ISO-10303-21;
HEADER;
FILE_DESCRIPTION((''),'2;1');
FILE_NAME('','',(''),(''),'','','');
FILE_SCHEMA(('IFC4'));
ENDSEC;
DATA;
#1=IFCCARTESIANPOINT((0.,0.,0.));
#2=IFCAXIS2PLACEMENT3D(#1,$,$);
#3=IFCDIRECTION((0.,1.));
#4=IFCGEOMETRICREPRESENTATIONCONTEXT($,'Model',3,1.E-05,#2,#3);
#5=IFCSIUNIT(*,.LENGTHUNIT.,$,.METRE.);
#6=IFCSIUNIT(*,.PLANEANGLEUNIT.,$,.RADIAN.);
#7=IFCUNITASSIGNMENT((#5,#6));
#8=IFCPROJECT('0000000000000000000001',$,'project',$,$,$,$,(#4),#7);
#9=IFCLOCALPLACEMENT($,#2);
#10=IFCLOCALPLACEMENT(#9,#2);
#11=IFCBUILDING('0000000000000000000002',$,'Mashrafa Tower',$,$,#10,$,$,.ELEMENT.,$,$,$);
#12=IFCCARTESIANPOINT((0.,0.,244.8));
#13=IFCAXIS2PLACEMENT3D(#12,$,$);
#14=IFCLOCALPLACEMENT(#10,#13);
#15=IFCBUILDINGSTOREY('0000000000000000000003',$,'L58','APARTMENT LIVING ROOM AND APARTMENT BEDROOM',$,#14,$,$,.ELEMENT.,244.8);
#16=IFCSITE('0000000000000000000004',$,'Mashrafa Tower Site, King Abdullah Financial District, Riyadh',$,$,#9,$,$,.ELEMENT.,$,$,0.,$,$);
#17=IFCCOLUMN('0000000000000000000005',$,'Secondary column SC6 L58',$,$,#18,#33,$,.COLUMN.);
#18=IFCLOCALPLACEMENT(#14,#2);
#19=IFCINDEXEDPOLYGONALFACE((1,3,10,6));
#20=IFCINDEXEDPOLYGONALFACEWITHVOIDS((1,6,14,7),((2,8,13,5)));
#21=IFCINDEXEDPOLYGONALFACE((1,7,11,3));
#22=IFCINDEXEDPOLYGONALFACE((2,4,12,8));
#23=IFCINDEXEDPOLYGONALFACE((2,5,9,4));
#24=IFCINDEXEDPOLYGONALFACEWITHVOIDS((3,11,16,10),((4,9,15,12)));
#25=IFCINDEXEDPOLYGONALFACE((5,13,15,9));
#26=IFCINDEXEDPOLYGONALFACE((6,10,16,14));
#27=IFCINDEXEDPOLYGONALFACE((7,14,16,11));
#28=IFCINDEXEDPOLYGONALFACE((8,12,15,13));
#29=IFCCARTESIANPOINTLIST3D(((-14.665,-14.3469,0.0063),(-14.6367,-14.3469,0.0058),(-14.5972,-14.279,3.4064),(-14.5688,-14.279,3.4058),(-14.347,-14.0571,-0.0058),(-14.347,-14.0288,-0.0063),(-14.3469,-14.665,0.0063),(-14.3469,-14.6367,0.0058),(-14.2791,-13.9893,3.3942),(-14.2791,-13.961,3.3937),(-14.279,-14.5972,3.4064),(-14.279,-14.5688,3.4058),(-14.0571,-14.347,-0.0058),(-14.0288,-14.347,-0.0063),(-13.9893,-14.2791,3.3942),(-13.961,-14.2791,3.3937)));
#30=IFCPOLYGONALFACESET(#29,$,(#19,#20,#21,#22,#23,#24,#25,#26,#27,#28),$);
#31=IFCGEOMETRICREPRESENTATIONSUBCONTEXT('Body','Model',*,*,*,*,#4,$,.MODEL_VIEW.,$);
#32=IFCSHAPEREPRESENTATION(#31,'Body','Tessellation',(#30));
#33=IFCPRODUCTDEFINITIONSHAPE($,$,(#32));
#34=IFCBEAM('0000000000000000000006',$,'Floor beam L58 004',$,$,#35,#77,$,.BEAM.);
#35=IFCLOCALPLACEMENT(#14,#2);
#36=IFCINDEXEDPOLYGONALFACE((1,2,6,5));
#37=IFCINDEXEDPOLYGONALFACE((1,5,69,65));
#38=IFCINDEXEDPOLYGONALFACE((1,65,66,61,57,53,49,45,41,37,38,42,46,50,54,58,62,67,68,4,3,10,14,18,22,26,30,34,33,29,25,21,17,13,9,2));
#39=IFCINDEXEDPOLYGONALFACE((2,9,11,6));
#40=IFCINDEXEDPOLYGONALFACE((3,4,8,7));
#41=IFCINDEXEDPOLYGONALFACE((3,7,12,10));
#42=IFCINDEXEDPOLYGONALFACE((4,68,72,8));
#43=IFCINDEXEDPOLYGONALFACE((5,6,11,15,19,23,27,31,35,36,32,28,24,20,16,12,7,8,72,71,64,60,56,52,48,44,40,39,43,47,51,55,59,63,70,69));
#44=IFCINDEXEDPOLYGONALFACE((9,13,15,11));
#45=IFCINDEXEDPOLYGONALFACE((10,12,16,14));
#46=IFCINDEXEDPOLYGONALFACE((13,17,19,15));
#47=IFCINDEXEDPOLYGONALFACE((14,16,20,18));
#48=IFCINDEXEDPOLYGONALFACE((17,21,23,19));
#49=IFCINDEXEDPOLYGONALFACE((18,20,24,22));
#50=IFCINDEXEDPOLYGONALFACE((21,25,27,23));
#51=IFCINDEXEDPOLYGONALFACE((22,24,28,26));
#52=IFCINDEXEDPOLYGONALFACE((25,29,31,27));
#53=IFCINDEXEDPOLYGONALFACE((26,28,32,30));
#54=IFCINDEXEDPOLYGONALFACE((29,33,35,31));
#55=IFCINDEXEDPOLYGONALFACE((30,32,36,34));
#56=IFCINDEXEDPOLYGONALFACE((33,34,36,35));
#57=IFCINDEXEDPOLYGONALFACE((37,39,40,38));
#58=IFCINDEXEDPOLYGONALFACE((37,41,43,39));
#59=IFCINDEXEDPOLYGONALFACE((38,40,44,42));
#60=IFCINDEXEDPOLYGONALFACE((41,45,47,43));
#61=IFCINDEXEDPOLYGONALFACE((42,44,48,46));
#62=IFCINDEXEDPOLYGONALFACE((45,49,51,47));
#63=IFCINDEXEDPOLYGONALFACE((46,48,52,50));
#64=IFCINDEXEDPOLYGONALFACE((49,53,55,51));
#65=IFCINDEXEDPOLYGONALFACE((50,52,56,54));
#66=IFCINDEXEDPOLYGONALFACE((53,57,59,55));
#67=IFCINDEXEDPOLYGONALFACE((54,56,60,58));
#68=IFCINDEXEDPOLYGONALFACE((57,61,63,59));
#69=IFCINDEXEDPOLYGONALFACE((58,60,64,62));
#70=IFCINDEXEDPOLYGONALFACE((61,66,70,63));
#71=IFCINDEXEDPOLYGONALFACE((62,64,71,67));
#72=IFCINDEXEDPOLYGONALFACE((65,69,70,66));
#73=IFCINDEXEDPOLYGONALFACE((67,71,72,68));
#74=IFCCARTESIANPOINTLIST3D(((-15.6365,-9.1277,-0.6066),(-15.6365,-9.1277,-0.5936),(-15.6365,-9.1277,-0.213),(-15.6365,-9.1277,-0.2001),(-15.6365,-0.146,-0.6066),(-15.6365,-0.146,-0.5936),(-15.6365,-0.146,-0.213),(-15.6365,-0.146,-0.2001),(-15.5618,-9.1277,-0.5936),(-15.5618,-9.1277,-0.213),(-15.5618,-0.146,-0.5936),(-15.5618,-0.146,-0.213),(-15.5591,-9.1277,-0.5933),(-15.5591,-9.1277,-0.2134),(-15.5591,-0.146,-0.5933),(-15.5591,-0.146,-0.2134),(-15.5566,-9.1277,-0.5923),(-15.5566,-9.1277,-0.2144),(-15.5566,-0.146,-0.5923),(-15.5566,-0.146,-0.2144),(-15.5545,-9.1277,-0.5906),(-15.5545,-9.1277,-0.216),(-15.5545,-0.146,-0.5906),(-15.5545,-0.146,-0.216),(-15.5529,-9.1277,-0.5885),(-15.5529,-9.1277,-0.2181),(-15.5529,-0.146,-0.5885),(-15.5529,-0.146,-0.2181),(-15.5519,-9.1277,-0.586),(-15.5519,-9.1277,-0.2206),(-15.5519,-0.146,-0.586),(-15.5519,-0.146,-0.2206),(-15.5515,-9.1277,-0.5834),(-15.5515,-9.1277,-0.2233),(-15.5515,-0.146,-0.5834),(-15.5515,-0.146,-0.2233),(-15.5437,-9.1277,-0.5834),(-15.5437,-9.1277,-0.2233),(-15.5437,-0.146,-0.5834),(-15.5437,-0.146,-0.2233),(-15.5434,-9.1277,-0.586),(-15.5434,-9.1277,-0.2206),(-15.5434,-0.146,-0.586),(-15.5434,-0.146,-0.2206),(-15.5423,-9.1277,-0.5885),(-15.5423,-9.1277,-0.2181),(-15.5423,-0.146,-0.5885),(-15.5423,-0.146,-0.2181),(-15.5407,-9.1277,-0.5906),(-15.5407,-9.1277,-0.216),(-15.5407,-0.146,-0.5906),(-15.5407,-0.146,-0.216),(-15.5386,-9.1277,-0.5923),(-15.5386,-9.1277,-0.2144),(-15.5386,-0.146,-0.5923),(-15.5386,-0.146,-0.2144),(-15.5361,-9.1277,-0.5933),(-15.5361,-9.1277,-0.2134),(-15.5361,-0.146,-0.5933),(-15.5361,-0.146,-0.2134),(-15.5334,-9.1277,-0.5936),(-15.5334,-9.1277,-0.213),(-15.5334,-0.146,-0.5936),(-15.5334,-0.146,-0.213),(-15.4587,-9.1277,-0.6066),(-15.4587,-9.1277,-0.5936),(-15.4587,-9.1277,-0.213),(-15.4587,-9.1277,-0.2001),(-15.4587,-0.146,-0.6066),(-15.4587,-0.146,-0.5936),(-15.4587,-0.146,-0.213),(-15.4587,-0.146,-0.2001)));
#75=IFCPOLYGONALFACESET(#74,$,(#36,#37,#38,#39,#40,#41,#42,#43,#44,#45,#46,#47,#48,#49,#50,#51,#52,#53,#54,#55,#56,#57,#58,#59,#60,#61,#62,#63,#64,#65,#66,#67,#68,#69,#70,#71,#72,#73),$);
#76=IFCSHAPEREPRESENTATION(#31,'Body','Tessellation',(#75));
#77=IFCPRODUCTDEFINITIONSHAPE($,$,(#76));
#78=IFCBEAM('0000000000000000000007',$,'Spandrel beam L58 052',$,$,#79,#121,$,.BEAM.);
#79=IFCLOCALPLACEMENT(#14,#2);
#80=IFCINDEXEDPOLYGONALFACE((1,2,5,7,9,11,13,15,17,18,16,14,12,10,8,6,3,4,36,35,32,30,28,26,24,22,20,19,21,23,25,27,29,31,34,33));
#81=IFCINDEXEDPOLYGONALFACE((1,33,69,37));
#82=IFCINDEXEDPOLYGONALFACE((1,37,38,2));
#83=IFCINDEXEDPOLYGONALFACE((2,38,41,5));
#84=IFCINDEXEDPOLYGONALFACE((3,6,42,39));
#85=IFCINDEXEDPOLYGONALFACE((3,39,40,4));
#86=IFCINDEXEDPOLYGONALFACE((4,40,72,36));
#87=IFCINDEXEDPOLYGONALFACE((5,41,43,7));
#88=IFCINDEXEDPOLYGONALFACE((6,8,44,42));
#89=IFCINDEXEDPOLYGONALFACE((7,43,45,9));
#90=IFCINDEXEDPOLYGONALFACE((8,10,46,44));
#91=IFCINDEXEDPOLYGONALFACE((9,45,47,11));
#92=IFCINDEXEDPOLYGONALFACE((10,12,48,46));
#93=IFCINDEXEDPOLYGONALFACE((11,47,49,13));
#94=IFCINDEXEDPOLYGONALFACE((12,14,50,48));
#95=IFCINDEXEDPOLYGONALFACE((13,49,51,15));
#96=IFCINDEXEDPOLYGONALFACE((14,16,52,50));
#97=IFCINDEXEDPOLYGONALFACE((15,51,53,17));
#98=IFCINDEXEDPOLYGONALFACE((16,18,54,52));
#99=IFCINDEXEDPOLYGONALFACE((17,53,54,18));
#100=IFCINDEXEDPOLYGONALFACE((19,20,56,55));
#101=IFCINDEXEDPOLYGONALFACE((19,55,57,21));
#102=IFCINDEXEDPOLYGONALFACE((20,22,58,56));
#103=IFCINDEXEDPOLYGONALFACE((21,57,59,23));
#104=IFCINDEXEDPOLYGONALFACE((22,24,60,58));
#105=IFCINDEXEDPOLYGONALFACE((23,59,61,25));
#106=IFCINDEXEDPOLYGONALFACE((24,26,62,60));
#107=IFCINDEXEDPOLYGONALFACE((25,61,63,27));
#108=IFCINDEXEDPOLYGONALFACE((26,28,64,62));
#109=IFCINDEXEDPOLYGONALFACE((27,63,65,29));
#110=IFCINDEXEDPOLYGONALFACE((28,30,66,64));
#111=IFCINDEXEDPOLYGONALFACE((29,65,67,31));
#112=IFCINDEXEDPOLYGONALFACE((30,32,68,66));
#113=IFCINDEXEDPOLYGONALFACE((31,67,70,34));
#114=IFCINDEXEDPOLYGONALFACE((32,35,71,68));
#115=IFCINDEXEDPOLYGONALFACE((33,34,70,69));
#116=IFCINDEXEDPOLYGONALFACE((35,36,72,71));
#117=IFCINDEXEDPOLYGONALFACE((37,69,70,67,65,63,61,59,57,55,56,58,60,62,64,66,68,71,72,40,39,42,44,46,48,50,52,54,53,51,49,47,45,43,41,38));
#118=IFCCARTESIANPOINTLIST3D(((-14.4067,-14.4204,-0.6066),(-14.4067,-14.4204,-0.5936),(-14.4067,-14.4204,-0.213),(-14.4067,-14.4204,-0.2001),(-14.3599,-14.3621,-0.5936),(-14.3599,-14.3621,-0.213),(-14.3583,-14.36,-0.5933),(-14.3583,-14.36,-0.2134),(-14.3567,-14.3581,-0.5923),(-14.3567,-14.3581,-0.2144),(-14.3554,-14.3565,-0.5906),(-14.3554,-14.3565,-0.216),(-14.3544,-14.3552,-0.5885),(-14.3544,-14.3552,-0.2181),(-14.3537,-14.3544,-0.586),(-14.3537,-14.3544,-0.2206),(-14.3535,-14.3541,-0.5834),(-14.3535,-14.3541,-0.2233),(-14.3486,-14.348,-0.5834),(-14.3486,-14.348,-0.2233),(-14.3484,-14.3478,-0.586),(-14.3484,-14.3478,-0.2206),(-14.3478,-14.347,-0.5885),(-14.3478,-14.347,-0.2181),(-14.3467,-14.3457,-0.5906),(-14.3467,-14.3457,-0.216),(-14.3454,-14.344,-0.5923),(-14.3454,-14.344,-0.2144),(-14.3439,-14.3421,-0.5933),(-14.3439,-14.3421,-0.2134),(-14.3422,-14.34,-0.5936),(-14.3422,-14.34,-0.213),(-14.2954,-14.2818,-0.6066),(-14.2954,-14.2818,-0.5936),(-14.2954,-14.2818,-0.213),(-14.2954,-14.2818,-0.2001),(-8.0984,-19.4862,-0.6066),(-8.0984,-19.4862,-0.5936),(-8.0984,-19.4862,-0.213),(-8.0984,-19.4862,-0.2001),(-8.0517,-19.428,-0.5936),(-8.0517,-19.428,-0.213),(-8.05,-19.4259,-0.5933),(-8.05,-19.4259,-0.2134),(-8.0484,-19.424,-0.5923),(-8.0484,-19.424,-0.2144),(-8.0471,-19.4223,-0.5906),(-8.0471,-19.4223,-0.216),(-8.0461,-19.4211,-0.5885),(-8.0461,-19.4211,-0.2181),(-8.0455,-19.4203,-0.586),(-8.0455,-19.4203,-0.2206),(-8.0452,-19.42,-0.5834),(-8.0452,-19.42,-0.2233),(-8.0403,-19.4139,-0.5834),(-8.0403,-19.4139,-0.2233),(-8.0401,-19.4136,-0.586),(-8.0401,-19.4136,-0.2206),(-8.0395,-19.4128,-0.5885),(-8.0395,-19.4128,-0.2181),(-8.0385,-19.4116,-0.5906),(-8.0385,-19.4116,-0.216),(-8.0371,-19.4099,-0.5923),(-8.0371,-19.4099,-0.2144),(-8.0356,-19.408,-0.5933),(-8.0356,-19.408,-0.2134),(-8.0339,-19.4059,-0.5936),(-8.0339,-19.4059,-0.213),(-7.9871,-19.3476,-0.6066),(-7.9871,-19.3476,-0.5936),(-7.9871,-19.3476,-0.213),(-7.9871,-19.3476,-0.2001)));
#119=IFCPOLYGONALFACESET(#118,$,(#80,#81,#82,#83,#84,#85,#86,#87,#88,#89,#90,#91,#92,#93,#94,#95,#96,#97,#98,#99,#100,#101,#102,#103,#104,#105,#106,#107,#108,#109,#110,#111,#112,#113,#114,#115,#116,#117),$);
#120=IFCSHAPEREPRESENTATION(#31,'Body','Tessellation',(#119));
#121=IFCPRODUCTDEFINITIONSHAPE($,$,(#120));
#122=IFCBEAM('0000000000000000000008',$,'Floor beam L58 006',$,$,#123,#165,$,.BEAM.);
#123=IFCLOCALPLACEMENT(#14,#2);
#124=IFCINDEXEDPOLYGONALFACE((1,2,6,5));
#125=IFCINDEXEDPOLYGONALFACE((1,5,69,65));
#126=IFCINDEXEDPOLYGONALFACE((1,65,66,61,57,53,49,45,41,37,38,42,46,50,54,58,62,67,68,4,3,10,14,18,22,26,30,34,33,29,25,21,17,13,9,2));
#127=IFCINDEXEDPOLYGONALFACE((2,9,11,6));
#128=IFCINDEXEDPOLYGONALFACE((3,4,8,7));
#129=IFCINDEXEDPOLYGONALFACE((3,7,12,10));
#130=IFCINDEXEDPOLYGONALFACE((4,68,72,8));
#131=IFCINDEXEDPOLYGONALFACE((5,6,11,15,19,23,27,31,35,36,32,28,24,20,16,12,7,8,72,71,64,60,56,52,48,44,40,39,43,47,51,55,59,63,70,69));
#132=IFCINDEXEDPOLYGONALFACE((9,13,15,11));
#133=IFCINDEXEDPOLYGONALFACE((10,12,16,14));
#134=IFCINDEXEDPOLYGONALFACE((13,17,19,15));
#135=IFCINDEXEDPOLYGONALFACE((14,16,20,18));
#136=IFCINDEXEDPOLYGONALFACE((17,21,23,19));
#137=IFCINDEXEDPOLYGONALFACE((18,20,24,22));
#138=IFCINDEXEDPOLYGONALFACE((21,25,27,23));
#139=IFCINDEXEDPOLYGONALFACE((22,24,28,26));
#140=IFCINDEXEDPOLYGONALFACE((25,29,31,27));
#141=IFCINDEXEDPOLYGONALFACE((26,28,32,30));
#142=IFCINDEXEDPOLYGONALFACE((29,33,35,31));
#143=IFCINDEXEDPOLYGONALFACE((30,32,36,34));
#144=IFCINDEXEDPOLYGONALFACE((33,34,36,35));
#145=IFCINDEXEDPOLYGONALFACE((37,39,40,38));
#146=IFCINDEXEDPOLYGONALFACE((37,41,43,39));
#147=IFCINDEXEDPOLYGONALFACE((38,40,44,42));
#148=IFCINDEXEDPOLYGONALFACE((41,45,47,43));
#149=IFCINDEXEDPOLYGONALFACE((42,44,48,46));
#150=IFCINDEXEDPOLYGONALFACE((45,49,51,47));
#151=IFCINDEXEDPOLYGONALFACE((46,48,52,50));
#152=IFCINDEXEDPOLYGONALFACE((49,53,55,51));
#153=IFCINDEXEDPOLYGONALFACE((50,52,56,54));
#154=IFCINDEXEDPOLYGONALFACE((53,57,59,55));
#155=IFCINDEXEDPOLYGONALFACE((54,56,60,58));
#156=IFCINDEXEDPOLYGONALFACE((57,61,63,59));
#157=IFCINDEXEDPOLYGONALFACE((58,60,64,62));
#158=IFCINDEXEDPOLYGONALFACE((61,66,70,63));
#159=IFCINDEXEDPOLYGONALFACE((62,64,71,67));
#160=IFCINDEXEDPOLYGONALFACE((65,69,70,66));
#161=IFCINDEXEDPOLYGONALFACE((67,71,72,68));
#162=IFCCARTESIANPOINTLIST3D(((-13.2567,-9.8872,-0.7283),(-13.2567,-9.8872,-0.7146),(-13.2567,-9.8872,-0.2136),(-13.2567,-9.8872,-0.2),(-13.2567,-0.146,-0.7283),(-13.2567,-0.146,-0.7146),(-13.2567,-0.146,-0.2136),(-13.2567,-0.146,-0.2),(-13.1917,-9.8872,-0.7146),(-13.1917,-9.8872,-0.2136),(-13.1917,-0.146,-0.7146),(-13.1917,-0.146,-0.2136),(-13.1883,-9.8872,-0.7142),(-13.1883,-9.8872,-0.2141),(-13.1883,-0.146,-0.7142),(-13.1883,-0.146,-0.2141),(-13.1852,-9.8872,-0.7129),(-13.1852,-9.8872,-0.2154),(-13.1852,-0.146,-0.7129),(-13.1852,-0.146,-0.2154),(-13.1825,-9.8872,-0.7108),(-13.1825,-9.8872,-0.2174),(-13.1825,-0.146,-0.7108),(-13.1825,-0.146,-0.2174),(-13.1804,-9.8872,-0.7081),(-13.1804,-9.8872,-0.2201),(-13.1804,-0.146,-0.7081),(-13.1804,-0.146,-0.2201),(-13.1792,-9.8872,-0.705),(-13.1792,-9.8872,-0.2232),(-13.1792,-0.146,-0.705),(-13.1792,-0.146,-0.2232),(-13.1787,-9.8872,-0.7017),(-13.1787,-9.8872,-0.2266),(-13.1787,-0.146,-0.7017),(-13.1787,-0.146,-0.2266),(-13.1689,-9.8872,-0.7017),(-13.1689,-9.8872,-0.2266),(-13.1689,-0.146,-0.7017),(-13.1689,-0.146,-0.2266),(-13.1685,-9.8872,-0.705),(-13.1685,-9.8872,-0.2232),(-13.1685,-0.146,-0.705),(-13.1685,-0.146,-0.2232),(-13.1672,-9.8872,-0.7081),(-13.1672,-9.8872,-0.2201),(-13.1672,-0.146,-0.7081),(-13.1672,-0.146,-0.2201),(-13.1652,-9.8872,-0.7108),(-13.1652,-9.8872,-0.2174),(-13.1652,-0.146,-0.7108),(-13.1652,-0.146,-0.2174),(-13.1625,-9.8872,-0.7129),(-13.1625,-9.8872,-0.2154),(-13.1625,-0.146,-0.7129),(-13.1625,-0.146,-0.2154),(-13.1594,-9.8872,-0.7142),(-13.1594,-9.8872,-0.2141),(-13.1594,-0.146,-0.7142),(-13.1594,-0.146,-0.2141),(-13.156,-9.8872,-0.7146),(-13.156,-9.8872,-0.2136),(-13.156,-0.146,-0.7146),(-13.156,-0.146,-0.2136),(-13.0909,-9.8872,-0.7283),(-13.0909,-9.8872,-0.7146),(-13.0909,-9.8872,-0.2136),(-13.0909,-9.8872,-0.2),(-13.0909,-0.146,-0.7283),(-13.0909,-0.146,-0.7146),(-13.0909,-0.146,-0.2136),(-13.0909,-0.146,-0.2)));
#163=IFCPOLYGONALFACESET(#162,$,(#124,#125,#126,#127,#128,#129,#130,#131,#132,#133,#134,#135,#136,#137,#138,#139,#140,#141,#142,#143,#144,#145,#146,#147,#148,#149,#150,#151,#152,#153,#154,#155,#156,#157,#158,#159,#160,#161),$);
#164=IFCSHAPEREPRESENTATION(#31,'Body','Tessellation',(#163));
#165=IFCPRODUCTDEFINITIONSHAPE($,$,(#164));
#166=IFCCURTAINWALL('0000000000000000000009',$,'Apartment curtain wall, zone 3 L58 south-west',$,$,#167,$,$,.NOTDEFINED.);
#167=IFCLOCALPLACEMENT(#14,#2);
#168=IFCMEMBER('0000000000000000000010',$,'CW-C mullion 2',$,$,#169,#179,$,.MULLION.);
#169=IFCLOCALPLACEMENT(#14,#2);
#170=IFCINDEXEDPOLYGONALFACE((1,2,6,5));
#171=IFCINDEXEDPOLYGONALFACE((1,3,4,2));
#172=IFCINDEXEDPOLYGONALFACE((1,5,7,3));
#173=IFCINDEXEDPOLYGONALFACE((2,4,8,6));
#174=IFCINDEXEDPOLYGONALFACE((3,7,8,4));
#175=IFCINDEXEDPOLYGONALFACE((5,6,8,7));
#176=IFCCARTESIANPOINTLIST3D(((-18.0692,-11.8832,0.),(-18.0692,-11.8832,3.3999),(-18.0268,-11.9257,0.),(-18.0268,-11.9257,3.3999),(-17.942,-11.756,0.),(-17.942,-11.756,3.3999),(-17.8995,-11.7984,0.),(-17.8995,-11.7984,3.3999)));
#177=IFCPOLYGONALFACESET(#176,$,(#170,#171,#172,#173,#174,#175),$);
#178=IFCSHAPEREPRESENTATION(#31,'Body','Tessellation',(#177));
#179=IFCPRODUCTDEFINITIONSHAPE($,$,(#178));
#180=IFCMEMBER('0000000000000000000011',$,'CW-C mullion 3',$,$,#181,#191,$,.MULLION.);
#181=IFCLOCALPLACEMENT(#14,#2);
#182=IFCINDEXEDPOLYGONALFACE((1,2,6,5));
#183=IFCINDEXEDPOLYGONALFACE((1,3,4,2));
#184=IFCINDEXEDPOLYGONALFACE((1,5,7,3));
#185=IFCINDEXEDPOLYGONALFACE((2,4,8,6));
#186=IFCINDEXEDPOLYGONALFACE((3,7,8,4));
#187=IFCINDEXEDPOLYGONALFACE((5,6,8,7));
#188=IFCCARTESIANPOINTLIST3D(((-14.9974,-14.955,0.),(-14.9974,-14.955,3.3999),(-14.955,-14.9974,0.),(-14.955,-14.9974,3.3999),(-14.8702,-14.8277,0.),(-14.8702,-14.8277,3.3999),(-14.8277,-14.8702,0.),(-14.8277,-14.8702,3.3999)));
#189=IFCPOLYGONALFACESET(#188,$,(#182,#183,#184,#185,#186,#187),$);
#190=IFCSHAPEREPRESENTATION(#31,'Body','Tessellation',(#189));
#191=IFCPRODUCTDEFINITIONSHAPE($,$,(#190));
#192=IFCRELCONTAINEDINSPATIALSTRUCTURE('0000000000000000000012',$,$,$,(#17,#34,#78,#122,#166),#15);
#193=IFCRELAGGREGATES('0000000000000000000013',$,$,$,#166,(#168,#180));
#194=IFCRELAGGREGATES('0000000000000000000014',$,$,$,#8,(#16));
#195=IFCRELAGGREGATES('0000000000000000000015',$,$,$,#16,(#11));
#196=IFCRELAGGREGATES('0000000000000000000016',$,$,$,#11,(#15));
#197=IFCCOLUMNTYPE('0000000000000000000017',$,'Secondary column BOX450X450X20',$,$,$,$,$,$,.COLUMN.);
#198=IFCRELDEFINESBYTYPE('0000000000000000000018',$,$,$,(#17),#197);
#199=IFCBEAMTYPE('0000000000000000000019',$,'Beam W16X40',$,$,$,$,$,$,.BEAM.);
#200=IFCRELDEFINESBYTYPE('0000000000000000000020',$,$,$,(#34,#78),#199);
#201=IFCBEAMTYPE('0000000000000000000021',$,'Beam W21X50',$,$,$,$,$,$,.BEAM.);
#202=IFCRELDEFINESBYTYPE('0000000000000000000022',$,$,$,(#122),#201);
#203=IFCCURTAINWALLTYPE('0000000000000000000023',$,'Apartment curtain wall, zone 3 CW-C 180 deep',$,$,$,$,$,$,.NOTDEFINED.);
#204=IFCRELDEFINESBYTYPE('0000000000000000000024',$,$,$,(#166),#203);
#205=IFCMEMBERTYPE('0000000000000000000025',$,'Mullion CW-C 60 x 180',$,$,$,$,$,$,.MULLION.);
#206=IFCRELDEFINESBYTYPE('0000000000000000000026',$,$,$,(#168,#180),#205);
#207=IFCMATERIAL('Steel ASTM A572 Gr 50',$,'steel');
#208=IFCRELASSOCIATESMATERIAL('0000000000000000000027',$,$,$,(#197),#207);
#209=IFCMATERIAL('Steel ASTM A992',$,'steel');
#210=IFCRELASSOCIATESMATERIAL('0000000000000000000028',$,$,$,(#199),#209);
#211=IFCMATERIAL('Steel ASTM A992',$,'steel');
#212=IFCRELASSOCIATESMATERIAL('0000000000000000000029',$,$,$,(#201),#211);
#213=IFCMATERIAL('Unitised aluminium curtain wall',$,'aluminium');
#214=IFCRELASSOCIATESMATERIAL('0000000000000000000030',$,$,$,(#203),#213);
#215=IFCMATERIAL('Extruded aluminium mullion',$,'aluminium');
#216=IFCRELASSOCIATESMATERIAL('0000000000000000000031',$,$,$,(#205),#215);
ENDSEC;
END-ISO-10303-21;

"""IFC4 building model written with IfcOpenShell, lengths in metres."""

from ifc_helpers import new_model, si_unit, direction, frame, origin, origin_2d, place, context, subcontext, project, spatial, rectangle, hollow_rectangle, i_section, extrude, source, transform, mapped, material, material_profile, profile_set, type_object, type_shapes, element, aggregate, save


model = new_model("IFC4")

# Units and contexts
model_context = context("Model", 3, precision=1e-05, world=origin(), true_north=direction((0.0, 1.0)))
body_context = subcontext(model_context, "Body", "Model", "MODEL_VIEW")
ifc_project = project(units=[si_unit("LENGTHUNIT", "METRE"), si_unit("PLANEANGLEUNIT", "RADIAN")], contexts=[model_context])

# Site, building, storey
site_placement = place(None, origin())
site = spatial("IfcSite", under=ifc_project, at=site_placement, Name="Mashrafa Tower Site, King Abdullah Financial District, Riyadh", CompositionType="ELEMENT", RefElevation=0.0)
building_placement = place(site_placement, origin())
building = spatial("IfcBuilding", under=site, at=building_placement, Name="Mashrafa Tower", CompositionType="ELEMENT")
storey_placement = place(building_placement, frame((0.0, 0.0, 244.8)))
storey = spatial("IfcBuildingStorey", under=building, at=storey_placement, Name="L58", Description="APARTMENT LIVING ROOM AND APARTMENT BEDROOM", CompositionType="ELEMENT", Elevation=244.8)

# Column
ifc_material_1 = material(Name="Steel ASTM A572 Gr 50", Category="steel")
ifc_material_profile_1 = material_profile(ifc_material_1, hollow_rectangle(XDim=0.45, YDim=0.45, WallThickness=0.02, at=origin_2d()), Name="BOX450X450X20")
ifc_profile_set_1 = profile_set([ifc_material_profile_1], Name="Steel ASTM A572 Gr 50")
column_type = type_object("IfcColumnType", Name="Secondary column BOX450X450X20", PredefinedType="COLUMN", material=ifc_profile_set_1)
column_placement = place(storey_placement, frame((-14.3469, -14.3469, 0.0), z_axis=(0.019955, 0.019955, 0.999602), x_axis=(-0.707107, 0.707107, 0.0)))
element("IfcColumn", 1, at=column_placement, inside=storey, type_object=column_type, Name="Secondary column SC6 L58", PredefinedType="COLUMN", context=body_context, shape_type="SweptSolid", body=[
    extrude(hollow_rectangle(XDim=0.45, YDim=0.45, WallThickness=0.02, at=origin_2d()), origin(), (0.0, 0.0, 1.0), 3.4014),
])

# Beams
ifc_material_2 = material(Name="Steel ASTM A992", Category="steel")
ifc_material_profile_2 = material_profile(ifc_material_2, i_section(OverallWidth=0.1777, OverallDepth=0.4065, WebThickness=0.0078, FlangeThickness=0.0129, FilletRadius=0.0103, at=origin_2d()), Name="W16X40")
ifc_profile_set_2 = profile_set([ifc_material_profile_2], Name="Steel ASTM A992")
beam_type_1 = type_object("IfcBeamType", Name="Beam W16X40", PredefinedType="BEAM", material=ifc_profile_set_2)
beam_1_placement = place(storey_placement, frame((-15.5476, -9.1277, -0.4033), z_axis=(0.0, 1.0, 0.0), x_axis=(-1.0, 0.0, 0.0)))
element("IfcBeam", 2, at=beam_1_placement, inside=storey, type_object=beam_type_1, Name="Floor beam L58 004", PredefinedType="BEAM", context=body_context, shape_type="SweptSolid", body=[
    extrude(i_section(OverallWidth=0.1777, OverallDepth=0.4065, WebThickness=0.0078, FlangeThickness=0.0129, FilletRadius=0.0103, at=origin_2d()), origin(), (0.0, 0.0, 1.0), 8.9817),
])
beam_2_placement = place(storey_placement, frame((-14.3511, -14.3511, -0.4033), z_axis=(0.779708, -0.626144, 0.0), x_axis=(0.626144, 0.779708, 0.0)))
element("IfcBeam", 3, at=beam_2_placement, inside=storey, type_object=beam_type_1, Name="Spandrel beam L58 052", PredefinedType="BEAM", context=body_context, shape_type="SweptSolid", body=[
    extrude(i_section(OverallWidth=0.1777, OverallDepth=0.4065, WebThickness=0.0078, FlangeThickness=0.0129, FilletRadius=0.0103, at=origin_2d()), origin(), (0.0, 0.0, 1.0), 8.0906),
])
ifc_material_3 = material(Name="Steel ASTM A992", Category="steel")
ifc_material_profile_3 = material_profile(ifc_material_3, i_section(OverallWidth=0.1658, OverallDepth=0.5283, WebThickness=0.0098, FlangeThickness=0.0137, FilletRadius=0.0129, at=origin_2d()), Name="W21X50")
ifc_profile_set_3 = profile_set([ifc_material_profile_3], Name="Steel ASTM A992")
beam_type_2 = type_object("IfcBeamType", Name="Beam W21X50", PredefinedType="BEAM", material=ifc_profile_set_3)
beam_3_placement = place(storey_placement, frame((-13.1738, -9.8872, -0.4641), z_axis=(0.0, 1.0, 0.0), x_axis=(-1.0, 0.0, 0.0)))
element("IfcBeam", 4, at=beam_3_placement, inside=storey, type_object=beam_type_2, Name="Floor beam L58 006", PredefinedType="BEAM", context=body_context, shape_type="SweptSolid", body=[
    extrude(i_section(OverallWidth=0.1658, OverallDepth=0.5283, WebThickness=0.0098, FlangeThickness=0.0137, FilletRadius=0.0129, at=origin_2d()), origin(), (0.0, 0.0, 1.0), 9.7412),
])

# Curtain wall, members
ifc_material_4 = material(Name="Unitised aluminium curtain wall", Category="aluminium")
curtain_wall_type = type_object("IfcCurtainWallType", Name="Apartment curtain wall, zone 3 CW-C 180 deep", PredefinedType="NOTDEFINED", material=ifc_material_4)
curtain_wall_placement = place(storey_placement, origin())
curtain_wall = element("IfcCurtainWall", 5, at=curtain_wall_placement, inside=storey, type_object=curtain_wall_type, Name="Apartment curtain wall, zone 3 L58 south-west", PredefinedType="NOTDEFINED")
ifc_material_5 = material(Name="Extruded aluminium mullion", Category="aluminium")
ifc_material_profile_4 = material_profile(ifc_material_5, rectangle(XDim=0.1799, YDim=0.0601, at=origin_2d()), Name="Mullion 60x180")
ifc_profile_set_4 = profile_set([ifc_material_profile_4], Name="Extruded aluminium mullion")
member_type_1 = type_object("IfcMemberType", Name="Mullion CW-C 60 x 180", PredefinedType="MULLION", material=ifc_profile_set_4)
shared_shape_1 = source(origin(), body_context, "Body", "SweptSolid", [
    extrude(rectangle(XDim=0.1799, YDim=0.0601, at=origin_2d()), origin(), (0.0, 0.0, 1.0), 3.3999),
])
type_shapes(member_type_1, [shared_shape_1])
member_1_placement = place(storey_placement, frame((-17.9844, -11.8408, 0.0), z_axis=(0.0, 0.0, 1.0), x_axis=(0.707107, 0.707107, 0.0)))
member_1 = element("IfcMember", 6, at=member_1_placement, type_object=member_type_1, Name="CW-C mullion 2", PredefinedType="MULLION", context=body_context, shape_type="MappedRepresentation", body=[
    mapped(shared_shape_1, transform((0.0, 0.0, 0.0))),
])
member_2_placement = place(storey_placement, frame((-14.9126, -14.9126, 0.0), z_axis=(0.0, 0.0, 1.0), x_axis=(0.707107, 0.707107, 0.0)))
member_2 = element("IfcMember", 7, at=member_2_placement, type_object=member_type_1, Name="CW-C mullion 3", PredefinedType="MULLION", context=body_context, shape_type="MappedRepresentation", body=[
    mapped(shared_shape_1, transform((0.0, 0.0, 0.0))),
])
aggregate(curtain_wall, [member_1, member_2])

save(model, "model.ifc")
